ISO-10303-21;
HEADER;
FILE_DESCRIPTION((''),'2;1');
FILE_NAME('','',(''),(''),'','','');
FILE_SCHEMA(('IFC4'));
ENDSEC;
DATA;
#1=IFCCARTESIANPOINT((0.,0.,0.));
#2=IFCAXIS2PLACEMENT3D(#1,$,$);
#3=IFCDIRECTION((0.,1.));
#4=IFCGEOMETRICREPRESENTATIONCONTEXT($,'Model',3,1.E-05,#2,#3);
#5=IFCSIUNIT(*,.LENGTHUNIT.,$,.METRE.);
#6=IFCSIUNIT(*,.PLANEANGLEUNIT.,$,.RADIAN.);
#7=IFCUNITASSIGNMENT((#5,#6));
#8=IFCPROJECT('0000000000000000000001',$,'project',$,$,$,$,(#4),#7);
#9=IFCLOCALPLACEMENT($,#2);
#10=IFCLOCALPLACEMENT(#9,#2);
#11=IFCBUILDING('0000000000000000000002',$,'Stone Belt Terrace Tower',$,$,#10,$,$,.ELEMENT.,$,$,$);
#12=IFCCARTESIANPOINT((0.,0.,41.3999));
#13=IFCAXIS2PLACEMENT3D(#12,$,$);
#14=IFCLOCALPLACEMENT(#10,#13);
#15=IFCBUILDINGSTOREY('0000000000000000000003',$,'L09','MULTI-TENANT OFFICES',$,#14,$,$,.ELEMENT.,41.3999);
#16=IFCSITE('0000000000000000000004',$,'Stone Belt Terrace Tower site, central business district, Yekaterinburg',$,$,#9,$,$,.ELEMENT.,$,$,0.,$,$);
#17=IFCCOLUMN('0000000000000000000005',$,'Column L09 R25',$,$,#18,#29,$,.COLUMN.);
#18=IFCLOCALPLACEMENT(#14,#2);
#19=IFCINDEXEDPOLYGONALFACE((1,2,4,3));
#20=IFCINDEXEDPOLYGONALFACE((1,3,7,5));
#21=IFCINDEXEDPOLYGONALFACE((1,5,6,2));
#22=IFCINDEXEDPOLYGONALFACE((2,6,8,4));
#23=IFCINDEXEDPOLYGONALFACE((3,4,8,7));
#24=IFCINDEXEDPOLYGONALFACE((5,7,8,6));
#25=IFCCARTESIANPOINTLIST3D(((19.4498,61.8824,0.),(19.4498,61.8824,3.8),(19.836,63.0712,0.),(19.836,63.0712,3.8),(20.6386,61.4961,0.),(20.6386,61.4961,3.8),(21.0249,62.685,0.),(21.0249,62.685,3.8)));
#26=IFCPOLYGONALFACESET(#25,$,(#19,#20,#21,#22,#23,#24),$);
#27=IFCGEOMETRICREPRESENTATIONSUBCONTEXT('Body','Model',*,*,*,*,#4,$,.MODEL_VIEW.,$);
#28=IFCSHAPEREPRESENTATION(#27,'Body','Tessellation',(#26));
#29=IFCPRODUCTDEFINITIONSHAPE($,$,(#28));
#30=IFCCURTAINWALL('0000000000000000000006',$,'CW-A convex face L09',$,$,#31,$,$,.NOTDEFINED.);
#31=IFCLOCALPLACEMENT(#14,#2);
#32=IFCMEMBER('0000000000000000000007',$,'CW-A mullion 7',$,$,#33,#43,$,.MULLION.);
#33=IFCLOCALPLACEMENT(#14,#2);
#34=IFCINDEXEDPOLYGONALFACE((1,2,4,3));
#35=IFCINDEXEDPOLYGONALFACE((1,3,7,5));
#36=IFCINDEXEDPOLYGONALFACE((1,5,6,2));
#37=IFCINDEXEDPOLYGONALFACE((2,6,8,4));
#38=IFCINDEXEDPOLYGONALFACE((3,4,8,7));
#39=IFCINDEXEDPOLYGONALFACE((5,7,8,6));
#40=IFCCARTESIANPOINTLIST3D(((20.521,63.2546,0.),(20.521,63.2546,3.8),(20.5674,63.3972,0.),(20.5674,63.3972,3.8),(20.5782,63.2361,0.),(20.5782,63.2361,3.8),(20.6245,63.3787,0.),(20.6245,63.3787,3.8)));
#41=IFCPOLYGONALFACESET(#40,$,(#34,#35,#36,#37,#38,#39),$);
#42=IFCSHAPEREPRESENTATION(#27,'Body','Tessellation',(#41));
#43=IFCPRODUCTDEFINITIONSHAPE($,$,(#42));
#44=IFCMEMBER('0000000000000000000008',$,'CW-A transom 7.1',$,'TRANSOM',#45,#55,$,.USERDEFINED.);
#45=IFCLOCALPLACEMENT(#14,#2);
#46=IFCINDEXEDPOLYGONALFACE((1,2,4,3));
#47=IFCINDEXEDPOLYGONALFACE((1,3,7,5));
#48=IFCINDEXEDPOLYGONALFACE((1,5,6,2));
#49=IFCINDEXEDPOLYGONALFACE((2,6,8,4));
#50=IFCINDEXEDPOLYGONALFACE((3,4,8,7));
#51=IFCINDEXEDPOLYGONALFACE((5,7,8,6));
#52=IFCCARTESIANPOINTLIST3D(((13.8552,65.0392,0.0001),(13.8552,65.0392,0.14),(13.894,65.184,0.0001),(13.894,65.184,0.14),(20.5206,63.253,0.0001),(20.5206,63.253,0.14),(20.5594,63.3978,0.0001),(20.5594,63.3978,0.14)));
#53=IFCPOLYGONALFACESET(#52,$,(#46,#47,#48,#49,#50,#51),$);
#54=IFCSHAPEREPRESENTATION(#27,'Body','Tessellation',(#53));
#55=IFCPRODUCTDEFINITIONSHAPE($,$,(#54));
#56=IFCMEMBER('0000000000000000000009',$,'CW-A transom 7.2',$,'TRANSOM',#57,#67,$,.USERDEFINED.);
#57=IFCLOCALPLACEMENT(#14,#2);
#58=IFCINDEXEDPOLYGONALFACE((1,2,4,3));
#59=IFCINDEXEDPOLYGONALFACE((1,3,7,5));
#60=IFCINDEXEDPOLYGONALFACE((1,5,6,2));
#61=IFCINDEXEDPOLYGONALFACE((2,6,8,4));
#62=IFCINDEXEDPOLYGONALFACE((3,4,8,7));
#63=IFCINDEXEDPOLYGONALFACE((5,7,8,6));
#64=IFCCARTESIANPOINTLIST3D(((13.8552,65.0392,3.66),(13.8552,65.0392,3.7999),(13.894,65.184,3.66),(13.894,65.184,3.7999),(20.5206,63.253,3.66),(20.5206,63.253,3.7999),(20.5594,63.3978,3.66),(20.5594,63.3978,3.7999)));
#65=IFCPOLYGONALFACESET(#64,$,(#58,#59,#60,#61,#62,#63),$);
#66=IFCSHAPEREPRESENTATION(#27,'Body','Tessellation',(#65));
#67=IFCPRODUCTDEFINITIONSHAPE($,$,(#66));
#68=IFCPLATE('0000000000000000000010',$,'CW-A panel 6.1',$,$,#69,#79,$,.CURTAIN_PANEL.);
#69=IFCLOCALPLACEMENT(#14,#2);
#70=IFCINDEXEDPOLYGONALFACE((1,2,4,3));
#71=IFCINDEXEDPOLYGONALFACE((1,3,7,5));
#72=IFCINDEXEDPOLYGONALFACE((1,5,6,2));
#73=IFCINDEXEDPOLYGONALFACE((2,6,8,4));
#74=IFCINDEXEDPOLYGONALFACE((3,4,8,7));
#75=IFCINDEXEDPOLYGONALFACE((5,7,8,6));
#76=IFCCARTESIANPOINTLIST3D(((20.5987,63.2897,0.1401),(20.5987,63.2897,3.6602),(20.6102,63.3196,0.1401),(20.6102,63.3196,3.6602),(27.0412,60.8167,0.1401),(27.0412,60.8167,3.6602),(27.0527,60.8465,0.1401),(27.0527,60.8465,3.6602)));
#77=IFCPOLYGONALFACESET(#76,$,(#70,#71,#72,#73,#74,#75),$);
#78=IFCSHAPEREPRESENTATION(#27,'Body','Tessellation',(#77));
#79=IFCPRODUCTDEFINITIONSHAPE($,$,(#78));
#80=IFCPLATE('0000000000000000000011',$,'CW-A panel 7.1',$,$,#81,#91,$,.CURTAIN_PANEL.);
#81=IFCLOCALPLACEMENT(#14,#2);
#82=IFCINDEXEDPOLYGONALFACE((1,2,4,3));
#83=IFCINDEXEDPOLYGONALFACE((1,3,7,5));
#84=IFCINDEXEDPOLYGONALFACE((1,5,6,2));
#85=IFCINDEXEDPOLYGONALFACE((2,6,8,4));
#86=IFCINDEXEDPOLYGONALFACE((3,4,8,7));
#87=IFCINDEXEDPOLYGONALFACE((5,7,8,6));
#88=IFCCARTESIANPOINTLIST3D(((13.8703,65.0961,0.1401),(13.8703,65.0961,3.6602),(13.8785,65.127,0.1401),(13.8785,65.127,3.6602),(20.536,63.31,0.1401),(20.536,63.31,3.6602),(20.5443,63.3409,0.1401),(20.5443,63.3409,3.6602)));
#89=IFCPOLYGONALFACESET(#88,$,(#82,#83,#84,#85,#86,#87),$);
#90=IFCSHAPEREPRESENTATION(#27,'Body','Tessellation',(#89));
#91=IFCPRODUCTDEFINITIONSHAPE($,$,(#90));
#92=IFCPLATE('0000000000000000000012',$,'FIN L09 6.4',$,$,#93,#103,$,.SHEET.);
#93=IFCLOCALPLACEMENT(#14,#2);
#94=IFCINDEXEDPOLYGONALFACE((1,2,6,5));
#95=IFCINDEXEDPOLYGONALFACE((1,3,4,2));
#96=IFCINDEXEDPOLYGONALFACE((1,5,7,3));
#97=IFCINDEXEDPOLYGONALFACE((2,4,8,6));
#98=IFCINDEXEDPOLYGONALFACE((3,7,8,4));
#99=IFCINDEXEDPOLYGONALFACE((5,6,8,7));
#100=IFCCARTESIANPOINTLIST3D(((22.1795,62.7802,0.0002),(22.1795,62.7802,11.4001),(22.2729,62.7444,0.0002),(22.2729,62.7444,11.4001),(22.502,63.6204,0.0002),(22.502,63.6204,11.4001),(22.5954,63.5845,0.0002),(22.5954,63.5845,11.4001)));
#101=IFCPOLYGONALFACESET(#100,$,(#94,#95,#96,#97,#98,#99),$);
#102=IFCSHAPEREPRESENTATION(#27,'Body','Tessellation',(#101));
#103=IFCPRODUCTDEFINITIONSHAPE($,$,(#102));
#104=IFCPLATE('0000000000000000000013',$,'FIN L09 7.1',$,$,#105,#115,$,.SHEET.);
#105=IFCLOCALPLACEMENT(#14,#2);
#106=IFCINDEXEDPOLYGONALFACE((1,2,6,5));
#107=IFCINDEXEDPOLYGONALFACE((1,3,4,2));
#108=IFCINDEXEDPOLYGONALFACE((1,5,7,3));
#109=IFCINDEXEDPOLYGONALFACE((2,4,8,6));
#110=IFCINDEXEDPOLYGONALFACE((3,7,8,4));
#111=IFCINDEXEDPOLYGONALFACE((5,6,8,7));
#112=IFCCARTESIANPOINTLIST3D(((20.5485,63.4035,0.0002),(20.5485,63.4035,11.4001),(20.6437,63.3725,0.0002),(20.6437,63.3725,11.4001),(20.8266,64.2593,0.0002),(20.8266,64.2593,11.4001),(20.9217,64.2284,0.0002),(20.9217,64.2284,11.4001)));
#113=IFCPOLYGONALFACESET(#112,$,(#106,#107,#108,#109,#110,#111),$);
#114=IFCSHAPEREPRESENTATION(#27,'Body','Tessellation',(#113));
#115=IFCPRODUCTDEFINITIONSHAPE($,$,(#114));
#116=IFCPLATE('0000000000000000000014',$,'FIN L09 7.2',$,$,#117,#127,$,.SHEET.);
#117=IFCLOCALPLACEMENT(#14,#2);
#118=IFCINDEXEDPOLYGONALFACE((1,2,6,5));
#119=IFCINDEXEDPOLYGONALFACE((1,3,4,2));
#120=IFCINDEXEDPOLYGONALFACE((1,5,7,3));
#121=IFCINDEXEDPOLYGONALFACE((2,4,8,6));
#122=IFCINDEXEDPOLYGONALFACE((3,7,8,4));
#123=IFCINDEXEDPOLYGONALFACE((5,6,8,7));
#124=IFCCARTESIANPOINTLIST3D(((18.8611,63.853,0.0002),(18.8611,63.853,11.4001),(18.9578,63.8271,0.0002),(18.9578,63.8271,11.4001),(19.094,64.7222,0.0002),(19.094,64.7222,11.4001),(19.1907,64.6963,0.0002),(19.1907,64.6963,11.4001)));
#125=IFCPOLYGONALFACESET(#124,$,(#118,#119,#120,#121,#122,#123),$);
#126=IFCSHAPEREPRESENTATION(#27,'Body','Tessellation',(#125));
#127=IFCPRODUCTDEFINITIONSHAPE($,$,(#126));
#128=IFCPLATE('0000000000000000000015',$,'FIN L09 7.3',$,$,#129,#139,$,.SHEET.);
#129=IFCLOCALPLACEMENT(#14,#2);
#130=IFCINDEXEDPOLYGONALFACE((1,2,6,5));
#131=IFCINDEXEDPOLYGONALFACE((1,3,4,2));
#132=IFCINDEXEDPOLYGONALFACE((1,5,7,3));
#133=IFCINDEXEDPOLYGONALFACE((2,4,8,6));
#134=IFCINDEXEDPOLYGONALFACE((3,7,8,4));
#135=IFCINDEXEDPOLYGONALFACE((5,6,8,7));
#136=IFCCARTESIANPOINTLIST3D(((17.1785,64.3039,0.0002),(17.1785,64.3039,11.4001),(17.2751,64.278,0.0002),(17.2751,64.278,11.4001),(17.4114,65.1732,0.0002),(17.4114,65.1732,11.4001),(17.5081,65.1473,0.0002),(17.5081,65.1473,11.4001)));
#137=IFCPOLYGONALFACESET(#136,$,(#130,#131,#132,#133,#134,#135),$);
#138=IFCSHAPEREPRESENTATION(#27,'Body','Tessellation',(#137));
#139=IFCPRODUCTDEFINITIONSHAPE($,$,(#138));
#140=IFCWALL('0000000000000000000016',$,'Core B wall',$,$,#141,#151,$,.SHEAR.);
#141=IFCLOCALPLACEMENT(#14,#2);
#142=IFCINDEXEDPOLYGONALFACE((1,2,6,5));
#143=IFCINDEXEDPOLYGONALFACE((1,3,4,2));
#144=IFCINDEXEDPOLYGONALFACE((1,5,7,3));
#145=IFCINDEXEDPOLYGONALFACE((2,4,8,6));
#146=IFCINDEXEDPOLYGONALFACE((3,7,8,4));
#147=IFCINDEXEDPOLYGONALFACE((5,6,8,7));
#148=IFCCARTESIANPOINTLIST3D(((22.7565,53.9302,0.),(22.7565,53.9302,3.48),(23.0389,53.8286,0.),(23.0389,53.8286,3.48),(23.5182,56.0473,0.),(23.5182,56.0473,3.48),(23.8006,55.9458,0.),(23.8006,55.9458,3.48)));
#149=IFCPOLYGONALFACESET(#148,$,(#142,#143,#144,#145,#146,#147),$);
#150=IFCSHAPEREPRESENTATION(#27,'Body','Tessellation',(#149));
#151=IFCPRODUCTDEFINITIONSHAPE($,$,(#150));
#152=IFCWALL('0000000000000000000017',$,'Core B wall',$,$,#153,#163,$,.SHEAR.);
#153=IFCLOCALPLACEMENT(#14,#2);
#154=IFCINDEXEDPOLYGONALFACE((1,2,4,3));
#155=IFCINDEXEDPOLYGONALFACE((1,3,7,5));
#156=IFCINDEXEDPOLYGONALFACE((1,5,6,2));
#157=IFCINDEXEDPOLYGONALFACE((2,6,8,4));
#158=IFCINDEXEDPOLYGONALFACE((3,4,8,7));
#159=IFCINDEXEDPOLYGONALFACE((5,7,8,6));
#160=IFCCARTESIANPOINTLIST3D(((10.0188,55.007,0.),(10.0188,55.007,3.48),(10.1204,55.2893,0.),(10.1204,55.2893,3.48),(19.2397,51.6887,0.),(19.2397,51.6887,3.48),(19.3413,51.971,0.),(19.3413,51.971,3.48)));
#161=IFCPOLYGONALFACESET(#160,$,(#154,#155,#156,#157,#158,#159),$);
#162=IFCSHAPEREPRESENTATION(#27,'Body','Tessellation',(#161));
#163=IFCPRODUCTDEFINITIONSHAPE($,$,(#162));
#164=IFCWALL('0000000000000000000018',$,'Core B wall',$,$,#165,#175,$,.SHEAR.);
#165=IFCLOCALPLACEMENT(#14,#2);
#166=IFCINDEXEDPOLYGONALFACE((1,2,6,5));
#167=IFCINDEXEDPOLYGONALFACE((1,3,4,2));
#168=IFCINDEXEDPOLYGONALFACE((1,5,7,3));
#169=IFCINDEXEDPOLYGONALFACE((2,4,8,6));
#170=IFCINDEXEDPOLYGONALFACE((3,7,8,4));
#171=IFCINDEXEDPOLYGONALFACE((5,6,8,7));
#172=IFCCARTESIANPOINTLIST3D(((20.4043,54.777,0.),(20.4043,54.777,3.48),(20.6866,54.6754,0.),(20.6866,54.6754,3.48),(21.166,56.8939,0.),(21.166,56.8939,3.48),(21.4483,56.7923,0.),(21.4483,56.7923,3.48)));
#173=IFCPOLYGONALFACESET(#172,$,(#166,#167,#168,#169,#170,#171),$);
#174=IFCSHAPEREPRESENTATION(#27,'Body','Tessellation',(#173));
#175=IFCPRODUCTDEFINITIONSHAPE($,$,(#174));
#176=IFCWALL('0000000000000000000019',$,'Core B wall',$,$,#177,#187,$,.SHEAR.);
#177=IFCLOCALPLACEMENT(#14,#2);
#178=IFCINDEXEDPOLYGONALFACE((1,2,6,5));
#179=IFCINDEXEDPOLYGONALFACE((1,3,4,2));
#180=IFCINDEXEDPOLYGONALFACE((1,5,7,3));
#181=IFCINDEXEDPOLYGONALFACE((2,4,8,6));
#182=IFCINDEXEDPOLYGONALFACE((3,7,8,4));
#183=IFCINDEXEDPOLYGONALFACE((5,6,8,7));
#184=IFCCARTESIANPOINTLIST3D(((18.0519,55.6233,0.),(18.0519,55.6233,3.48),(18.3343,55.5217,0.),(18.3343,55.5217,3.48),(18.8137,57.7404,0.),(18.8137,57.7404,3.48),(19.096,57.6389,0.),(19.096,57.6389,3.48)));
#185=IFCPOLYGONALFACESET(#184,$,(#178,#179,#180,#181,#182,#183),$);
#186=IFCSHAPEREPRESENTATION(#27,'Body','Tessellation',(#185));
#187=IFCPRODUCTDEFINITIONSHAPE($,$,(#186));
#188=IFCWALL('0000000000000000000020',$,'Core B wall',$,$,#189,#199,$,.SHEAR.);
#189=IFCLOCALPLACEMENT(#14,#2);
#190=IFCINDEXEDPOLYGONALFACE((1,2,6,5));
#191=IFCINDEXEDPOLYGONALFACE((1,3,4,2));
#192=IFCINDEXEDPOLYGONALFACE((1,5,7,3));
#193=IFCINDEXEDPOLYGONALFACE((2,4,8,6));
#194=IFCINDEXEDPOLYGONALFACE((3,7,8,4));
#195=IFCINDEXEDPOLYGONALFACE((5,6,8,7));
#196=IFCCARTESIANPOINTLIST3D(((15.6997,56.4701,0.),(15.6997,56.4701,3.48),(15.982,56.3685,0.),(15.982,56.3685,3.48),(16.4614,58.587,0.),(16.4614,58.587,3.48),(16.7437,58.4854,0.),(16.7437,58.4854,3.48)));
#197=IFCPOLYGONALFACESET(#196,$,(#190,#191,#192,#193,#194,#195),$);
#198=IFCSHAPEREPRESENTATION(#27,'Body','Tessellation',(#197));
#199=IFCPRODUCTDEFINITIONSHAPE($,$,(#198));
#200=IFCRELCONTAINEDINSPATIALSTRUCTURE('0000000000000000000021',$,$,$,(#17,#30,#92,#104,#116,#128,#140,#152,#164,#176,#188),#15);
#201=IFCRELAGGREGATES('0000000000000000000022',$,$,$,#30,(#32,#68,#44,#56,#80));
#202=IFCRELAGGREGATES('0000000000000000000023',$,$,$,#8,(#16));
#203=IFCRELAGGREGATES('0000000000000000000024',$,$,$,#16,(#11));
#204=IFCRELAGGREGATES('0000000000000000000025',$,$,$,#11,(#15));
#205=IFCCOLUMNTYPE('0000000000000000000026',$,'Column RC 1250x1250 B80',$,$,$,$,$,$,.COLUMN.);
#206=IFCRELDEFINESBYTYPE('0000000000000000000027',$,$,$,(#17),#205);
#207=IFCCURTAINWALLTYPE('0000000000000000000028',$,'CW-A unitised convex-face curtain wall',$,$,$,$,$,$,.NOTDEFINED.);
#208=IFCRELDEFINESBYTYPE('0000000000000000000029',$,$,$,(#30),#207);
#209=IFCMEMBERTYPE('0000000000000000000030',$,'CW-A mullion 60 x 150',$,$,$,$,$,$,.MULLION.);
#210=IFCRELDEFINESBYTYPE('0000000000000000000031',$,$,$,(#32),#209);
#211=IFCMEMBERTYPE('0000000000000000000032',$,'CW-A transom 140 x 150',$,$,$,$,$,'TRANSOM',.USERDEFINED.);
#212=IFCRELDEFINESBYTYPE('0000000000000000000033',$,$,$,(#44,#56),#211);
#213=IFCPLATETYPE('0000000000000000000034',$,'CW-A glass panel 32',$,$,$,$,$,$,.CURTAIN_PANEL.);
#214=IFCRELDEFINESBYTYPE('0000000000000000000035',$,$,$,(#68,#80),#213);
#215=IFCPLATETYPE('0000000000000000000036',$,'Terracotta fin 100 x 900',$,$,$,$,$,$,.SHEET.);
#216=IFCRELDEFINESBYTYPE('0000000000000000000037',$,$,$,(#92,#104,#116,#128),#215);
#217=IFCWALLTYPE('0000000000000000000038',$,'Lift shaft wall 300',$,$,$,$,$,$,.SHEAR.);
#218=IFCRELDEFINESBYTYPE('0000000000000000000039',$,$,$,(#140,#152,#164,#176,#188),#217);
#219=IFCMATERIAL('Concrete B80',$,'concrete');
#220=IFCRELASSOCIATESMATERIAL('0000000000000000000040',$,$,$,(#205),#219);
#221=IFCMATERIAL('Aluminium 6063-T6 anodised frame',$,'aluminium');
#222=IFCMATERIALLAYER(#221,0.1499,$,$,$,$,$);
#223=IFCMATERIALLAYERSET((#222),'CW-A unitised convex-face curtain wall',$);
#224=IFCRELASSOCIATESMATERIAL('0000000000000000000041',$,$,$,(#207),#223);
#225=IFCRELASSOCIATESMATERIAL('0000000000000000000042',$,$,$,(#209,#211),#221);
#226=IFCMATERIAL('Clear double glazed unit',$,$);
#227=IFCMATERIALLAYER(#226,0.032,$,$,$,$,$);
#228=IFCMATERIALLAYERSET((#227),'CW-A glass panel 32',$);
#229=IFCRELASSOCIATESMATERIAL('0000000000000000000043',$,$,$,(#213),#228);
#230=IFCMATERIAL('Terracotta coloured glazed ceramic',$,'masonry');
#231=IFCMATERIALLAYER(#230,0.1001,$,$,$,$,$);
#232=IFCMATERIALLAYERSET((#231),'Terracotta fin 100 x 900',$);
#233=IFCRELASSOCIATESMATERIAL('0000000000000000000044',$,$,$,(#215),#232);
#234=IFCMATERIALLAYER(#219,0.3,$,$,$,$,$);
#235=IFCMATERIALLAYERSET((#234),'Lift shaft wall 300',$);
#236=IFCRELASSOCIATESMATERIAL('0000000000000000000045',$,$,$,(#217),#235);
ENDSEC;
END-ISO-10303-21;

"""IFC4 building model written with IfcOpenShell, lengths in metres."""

from ifc_helpers import new_model, si_unit, direction, frame, frame_2d, origin, origin_2d, place, context, subcontext, project, spatial, rectangle, extrude, material, layer, layer_set, material_profile, profile_set, type_object, element, aggregate, save


model = new_model("IFC4")

# Units and contexts
model_context = context("Model", 3, precision=1e-05, world=origin(), true_north=direction((0.0, 1.0)))
body_context = subcontext(model_context, "Body", "Model", "MODEL_VIEW")
ifc_project = project(units=[si_unit("LENGTHUNIT", "METRE"), si_unit("PLANEANGLEUNIT", "RADIAN")], contexts=[model_context])

# Site, building, storey
site_placement = place(None, origin())
site = spatial("IfcSite", under=ifc_project, at=site_placement, Name="Stone Belt Terrace Tower site, central business district, Yekaterinburg", CompositionType="ELEMENT", RefElevation=0.0)
building_placement = place(site_placement, origin())
building = spatial("IfcBuilding", under=site, at=building_placement, Name="Stone Belt Terrace Tower", CompositionType="ELEMENT")
storey_placement = place(building_placement, frame((0.0, 0.0, 41.3999)))
storey = spatial("IfcBuildingStorey", under=building, at=storey_placement, Name="L09", Description="MULTI-TENANT OFFICES", CompositionType="ELEMENT", Elevation=41.3999)

# Column
ifc_material_1 = material(Name="Concrete B80", Category="concrete")
ifc_material_profile_1 = material_profile(ifc_material_1, rectangle(XDim=1.25, YDim=1.25, at=origin_2d()), Name="RC 1250x1250")
ifc_profile_set_1 = profile_set([ifc_material_profile_1], Name="Concrete B80")
column_type = type_object("IfcColumnType", Name="Column RC 1250x1250 B80", PredefinedType="COLUMN", material=ifc_profile_set_1)
column_placement = place(storey_placement, frame((20.2373, 62.2837, 0.0), z_axis=(0.0, 0.0, 1.0), x_axis=(0.951057, -0.309017, 0.0)))
element("IfcColumn", 1, at=column_placement, inside=storey, type_object=column_type, Name="Column L09 R25", PredefinedType="COLUMN", context=body_context, shape_type="SweptSolid", body=[
    extrude(rectangle(XDim=1.25, YDim=1.25, at=origin_2d()), origin(), (0.0, 0.0, 1.0), 3.8),
])

# Curtain wall, members, plates
ifc_material_2 = material(Name="Aluminium 6063-T6 anodised frame", Category="aluminium")
ifc_layer_1 = layer(ifc_material_2, 0.1499)
ifc_layer_set_1 = layer_set([ifc_layer_1], Name="CW-A unitised convex-face curtain wall")
curtain_wall_type = type_object("IfcCurtainWallType", Name="CW-A unitised convex-face curtain wall", PredefinedType="NOTDEFINED", material=ifc_layer_set_1)
curtain_wall_placement = place(storey_placement, origin())
curtain_wall = element("IfcCurtainWall", 2, at=curtain_wall_placement, inside=storey, type_object=curtain_wall_type, Name="CW-A convex face L09", PredefinedType="NOTDEFINED")
ifc_material_profile_2 = material_profile(ifc_material_2, rectangle(XDim=0.1499, YDim=0.0601, at=origin_2d()), Name="Aluminium 6063-T6 60x150")
ifc_profile_set_2 = profile_set([ifc_material_profile_2], Name="Aluminium 6063-T6 anodised frame")
member_type_1 = type_object("IfcMemberType", Name="CW-A mullion 60 x 150", PredefinedType="MULLION", material=ifc_profile_set_2)
member_1_placement = place(storey_placement, frame((20.5728, 63.3167, 0.0), z_axis=(0.0, 0.0, 1.0), x_axis=(-0.309017, -0.951057, 0.0)))
member_1 = element("IfcMember", 3, at=member_1_placement, type_object=member_type_1, Name="CW-A mullion 7", PredefinedType="MULLION", context=body_context, shape_type="SweptSolid", body=[
    extrude(rectangle(XDim=0.1499, YDim=0.0601, at=origin_2d()), origin(), (0.0, 0.0, 1.0), 3.8),
])
ifc_material_profile_3 = material_profile(ifc_material_2, rectangle(XDim=0.1499, YDim=0.1399, at=origin_2d()), Name="Aluminium 6063-T6 150x140")
ifc_profile_set_3 = profile_set([ifc_material_profile_3], Name="Aluminium 6063-T6 anodised frame")
member_type_2 = type_object("IfcMemberType", Name="CW-A transom 140 x 150", ElementType="TRANSOM", PredefinedType="USERDEFINED", material=ifc_profile_set_3)
member_2_placement = place(storey_placement, frame((20.54, 63.3254, 0.0701), z_axis=(-0.965922, 0.258834, 0.0), x_axis=(-0.258834, -0.965922, 0.0)))
member_2 = element("IfcMember", 4, at=member_2_placement, type_object=member_type_2, Name="CW-A transom 7.1", ObjectType="TRANSOM", PredefinedType="USERDEFINED", context=body_context, shape_type="SweptSolid", body=[
    extrude(rectangle(XDim=0.1499, YDim=0.1399, at=origin_2d()), origin(), (0.0, 0.0, 1.0), 6.9006),
])
member_3_placement = place(storey_placement, frame((20.54, 63.3254, 3.73), z_axis=(-0.965922, 0.258834, 0.0), x_axis=(-0.258834, -0.965922, 0.0)))
member_3 = element("IfcMember", 5, at=member_3_placement, type_object=member_type_2, Name="CW-A transom 7.2", ObjectType="TRANSOM", PredefinedType="USERDEFINED", context=body_context, shape_type="SweptSolid", body=[
    extrude(rectangle(XDim=0.1499, YDim=0.1399, at=origin_2d()), origin(), (0.0, 0.0, 1.0), 6.9006),
])
ifc_material_3 = material(Name="Clear double glazed unit")
ifc_layer_2 = layer(ifc_material_3, 0.032)
ifc_layer_set_2 = layer_set([ifc_layer_2], Name="CW-A glass panel 32")
plate_type_1 = type_object("IfcPlateType", Name="CW-A glass panel 32", PredefinedType="CURTAIN_PANEL", material=ifc_layer_set_2)
plate_1_placement = place(storey_placement, frame((23.8257, 62.0681, 0.1401), z_axis=(0.0, 0.0, 1.0), x_axis=(-0.93358, 0.358368, 0.0)))
plate_1 = element("IfcPlate", 6, at=plate_1_placement, type_object=plate_type_1, Name="CW-A panel 6.1", PredefinedType="CURTAIN_PANEL", context=body_context, shape_type="SweptSolid", body=[
    extrude(rectangle(XDim=6.9009, YDim=0.032, at=origin_2d()), origin(), (0.0, 0.0, 1.0), 3.52),
])
plate_2_placement = place(storey_placement, frame((17.2073, 64.2185, 0.1401), z_axis=(0.0, 0.0, 1.0), x_axis=(-0.965926, 0.258819, 0.0)))
plate_2 = element("IfcPlate", 7, at=plate_2_placement, type_object=plate_type_1, Name="CW-A panel 7.1", PredefinedType="CURTAIN_PANEL", context=body_context, shape_type="SweptSolid", body=[
    extrude(rectangle(XDim=6.9009, YDim=0.032, at=origin_2d()), origin(), (0.0, 0.0, 1.0), 3.52),
])
aggregate(curtain_wall, [member_1, plate_1, member_2, member_3, plate_2])

# Plates
ifc_material_4 = material(Name="Terracotta coloured glazed ceramic", Category="masonry")
ifc_layer_3 = layer(ifc_material_4, 0.1001)
ifc_layer_set_3 = layer_set([ifc_layer_3], Name="Terracotta fin 100 x 900")
plate_type_2 = type_object("IfcPlateType", Name="Terracotta fin 100 x 900", PredefinedType="SHEET", material=ifc_layer_set_3)
for number, where, z_axis, x_axis, name in (
    (8, (22.3875, 63.1824, 0.0002), (0.0, 0.0, 1.0), (0.358368, 0.93358, 0.0), "FIN L09 6.4"),
    (9, (20.7351, 63.8159, 0.0002), (0.0, 0.0, 1.0), (0.309017, 0.951057, 0.0), "FIN L09 7.1"),
    (10, (19.0259, 64.2747, 0.0002), (0.0, 0.0, 1.0), (0.258819, 0.965926, 0.0), "FIN L09 7.2"),
    (11, (17.3433, 64.7256, 0.0002), (0.0, 0.0, 1.0), (0.258819, 0.965926, 0.0), "FIN L09 7.3"),
):
    element("IfcPlate", number, at=place(storey_placement, frame(where, z_axis=z_axis, x_axis=x_axis)), inside=storey, type_object=plate_type_2, Name=name, PredefinedType="SHEET", context=body_context, shape_type="SweptSolid", body=[
        extrude(rectangle(XDim=0.8999, YDim=0.1001, at=origin_2d()), origin(), (0.0, 0.0, 1.0), 11.3999),
    ])

# Walls
ifc_layer_4 = layer(ifc_material_1, 0.3)
ifc_layer_set_4 = layer_set([ifc_layer_4], Name="Lift shaft wall 300")
wall_type = type_object("IfcWallType", Name="Lift shaft wall 300", PredefinedType="SHEAR", material=ifc_layer_set_4)
wall_1_placement = place(storey_placement, frame((22.8977, 53.8794, 0.0), z_axis=(0.0, 0.0, 1.0), x_axis=(0.338535, 0.940954, 0.0)))
element("IfcWall", 12, at=wall_1_placement, inside=storey, type_object=wall_type, Name="Core B wall", PredefinedType="SHEAR", context=body_context, shape_type="SweptSolid", body=[
    extrude(rectangle(XDim=2.25, YDim=0.3, at=frame_2d((1.125, 0.0))), origin(), (0.0, 0.0, 1.0), 3.48),
])
wall_2_placement = place(storey_placement, frame((19.2905, 51.8298, 0.0), z_axis=(0.0, 0.0, 1.0), x_axis=(-0.940926, 0.338613, 0.0)))
element("IfcWall", 13, at=wall_2_placement, inside=storey, type_object=wall_type, Name="Core B wall", PredefinedType="SHEAR", context=body_context, shape_type="SweptSolid", body=[
    extrude(rectangle(XDim=9.7998, YDim=0.3, at=frame_2d((4.8999, 0.0))), origin(), (0.0, 0.0, 1.0), 3.48),
])
wall_3_placement = place(storey_placement, frame((20.5454, 54.7261, 0.0), z_axis=(0.0, 0.0, 1.0), x_axis=(0.33857, 0.940941, 0.0)))
element("IfcWall", 14, at=wall_3_placement, inside=storey, type_object=wall_type, Name="Core B wall", PredefinedType="SHEAR", context=body_context, shape_type="SweptSolid", body=[
    extrude(rectangle(XDim=2.2498, YDim=0.3, at=frame_2d((1.125, 0.0))), origin(), (0.0, 0.0, 1.0), 3.48),
])
wall_4_placement = place(storey_placement, frame((18.1931, 55.5725, 0.0), z_axis=(0.0, 0.0, 1.0), x_axis=(0.338535, 0.940954, 0.0)))
element("IfcWall", 15, at=wall_4_placement, inside=storey, type_object=wall_type, Name="Core B wall", PredefinedType="SHEAR", context=body_context, shape_type="SweptSolid", body=[
    extrude(rectangle(XDim=2.25, YDim=0.3, at=frame_2d((1.125, 0.0))), origin(), (0.0, 0.0, 1.0), 3.48),
])
wall_5_placement = place(storey_placement, frame((15.8408, 56.4192, 0.0), z_axis=(0.0, 0.0, 1.0), x_axis=(0.33857, 0.940941, 0.0)))
element("IfcWall", 16, at=wall_5_placement, inside=storey, type_object=wall_type, Name="Core B wall", PredefinedType="SHEAR", context=body_context, shape_type="SweptSolid", body=[
    extrude(rectangle(XDim=2.2498, YDim=0.3, at=frame_2d((1.125, 0.0))), origin(), (0.0, 0.0, 1.0), 3.48),
])

save(model, "model.ifc")
